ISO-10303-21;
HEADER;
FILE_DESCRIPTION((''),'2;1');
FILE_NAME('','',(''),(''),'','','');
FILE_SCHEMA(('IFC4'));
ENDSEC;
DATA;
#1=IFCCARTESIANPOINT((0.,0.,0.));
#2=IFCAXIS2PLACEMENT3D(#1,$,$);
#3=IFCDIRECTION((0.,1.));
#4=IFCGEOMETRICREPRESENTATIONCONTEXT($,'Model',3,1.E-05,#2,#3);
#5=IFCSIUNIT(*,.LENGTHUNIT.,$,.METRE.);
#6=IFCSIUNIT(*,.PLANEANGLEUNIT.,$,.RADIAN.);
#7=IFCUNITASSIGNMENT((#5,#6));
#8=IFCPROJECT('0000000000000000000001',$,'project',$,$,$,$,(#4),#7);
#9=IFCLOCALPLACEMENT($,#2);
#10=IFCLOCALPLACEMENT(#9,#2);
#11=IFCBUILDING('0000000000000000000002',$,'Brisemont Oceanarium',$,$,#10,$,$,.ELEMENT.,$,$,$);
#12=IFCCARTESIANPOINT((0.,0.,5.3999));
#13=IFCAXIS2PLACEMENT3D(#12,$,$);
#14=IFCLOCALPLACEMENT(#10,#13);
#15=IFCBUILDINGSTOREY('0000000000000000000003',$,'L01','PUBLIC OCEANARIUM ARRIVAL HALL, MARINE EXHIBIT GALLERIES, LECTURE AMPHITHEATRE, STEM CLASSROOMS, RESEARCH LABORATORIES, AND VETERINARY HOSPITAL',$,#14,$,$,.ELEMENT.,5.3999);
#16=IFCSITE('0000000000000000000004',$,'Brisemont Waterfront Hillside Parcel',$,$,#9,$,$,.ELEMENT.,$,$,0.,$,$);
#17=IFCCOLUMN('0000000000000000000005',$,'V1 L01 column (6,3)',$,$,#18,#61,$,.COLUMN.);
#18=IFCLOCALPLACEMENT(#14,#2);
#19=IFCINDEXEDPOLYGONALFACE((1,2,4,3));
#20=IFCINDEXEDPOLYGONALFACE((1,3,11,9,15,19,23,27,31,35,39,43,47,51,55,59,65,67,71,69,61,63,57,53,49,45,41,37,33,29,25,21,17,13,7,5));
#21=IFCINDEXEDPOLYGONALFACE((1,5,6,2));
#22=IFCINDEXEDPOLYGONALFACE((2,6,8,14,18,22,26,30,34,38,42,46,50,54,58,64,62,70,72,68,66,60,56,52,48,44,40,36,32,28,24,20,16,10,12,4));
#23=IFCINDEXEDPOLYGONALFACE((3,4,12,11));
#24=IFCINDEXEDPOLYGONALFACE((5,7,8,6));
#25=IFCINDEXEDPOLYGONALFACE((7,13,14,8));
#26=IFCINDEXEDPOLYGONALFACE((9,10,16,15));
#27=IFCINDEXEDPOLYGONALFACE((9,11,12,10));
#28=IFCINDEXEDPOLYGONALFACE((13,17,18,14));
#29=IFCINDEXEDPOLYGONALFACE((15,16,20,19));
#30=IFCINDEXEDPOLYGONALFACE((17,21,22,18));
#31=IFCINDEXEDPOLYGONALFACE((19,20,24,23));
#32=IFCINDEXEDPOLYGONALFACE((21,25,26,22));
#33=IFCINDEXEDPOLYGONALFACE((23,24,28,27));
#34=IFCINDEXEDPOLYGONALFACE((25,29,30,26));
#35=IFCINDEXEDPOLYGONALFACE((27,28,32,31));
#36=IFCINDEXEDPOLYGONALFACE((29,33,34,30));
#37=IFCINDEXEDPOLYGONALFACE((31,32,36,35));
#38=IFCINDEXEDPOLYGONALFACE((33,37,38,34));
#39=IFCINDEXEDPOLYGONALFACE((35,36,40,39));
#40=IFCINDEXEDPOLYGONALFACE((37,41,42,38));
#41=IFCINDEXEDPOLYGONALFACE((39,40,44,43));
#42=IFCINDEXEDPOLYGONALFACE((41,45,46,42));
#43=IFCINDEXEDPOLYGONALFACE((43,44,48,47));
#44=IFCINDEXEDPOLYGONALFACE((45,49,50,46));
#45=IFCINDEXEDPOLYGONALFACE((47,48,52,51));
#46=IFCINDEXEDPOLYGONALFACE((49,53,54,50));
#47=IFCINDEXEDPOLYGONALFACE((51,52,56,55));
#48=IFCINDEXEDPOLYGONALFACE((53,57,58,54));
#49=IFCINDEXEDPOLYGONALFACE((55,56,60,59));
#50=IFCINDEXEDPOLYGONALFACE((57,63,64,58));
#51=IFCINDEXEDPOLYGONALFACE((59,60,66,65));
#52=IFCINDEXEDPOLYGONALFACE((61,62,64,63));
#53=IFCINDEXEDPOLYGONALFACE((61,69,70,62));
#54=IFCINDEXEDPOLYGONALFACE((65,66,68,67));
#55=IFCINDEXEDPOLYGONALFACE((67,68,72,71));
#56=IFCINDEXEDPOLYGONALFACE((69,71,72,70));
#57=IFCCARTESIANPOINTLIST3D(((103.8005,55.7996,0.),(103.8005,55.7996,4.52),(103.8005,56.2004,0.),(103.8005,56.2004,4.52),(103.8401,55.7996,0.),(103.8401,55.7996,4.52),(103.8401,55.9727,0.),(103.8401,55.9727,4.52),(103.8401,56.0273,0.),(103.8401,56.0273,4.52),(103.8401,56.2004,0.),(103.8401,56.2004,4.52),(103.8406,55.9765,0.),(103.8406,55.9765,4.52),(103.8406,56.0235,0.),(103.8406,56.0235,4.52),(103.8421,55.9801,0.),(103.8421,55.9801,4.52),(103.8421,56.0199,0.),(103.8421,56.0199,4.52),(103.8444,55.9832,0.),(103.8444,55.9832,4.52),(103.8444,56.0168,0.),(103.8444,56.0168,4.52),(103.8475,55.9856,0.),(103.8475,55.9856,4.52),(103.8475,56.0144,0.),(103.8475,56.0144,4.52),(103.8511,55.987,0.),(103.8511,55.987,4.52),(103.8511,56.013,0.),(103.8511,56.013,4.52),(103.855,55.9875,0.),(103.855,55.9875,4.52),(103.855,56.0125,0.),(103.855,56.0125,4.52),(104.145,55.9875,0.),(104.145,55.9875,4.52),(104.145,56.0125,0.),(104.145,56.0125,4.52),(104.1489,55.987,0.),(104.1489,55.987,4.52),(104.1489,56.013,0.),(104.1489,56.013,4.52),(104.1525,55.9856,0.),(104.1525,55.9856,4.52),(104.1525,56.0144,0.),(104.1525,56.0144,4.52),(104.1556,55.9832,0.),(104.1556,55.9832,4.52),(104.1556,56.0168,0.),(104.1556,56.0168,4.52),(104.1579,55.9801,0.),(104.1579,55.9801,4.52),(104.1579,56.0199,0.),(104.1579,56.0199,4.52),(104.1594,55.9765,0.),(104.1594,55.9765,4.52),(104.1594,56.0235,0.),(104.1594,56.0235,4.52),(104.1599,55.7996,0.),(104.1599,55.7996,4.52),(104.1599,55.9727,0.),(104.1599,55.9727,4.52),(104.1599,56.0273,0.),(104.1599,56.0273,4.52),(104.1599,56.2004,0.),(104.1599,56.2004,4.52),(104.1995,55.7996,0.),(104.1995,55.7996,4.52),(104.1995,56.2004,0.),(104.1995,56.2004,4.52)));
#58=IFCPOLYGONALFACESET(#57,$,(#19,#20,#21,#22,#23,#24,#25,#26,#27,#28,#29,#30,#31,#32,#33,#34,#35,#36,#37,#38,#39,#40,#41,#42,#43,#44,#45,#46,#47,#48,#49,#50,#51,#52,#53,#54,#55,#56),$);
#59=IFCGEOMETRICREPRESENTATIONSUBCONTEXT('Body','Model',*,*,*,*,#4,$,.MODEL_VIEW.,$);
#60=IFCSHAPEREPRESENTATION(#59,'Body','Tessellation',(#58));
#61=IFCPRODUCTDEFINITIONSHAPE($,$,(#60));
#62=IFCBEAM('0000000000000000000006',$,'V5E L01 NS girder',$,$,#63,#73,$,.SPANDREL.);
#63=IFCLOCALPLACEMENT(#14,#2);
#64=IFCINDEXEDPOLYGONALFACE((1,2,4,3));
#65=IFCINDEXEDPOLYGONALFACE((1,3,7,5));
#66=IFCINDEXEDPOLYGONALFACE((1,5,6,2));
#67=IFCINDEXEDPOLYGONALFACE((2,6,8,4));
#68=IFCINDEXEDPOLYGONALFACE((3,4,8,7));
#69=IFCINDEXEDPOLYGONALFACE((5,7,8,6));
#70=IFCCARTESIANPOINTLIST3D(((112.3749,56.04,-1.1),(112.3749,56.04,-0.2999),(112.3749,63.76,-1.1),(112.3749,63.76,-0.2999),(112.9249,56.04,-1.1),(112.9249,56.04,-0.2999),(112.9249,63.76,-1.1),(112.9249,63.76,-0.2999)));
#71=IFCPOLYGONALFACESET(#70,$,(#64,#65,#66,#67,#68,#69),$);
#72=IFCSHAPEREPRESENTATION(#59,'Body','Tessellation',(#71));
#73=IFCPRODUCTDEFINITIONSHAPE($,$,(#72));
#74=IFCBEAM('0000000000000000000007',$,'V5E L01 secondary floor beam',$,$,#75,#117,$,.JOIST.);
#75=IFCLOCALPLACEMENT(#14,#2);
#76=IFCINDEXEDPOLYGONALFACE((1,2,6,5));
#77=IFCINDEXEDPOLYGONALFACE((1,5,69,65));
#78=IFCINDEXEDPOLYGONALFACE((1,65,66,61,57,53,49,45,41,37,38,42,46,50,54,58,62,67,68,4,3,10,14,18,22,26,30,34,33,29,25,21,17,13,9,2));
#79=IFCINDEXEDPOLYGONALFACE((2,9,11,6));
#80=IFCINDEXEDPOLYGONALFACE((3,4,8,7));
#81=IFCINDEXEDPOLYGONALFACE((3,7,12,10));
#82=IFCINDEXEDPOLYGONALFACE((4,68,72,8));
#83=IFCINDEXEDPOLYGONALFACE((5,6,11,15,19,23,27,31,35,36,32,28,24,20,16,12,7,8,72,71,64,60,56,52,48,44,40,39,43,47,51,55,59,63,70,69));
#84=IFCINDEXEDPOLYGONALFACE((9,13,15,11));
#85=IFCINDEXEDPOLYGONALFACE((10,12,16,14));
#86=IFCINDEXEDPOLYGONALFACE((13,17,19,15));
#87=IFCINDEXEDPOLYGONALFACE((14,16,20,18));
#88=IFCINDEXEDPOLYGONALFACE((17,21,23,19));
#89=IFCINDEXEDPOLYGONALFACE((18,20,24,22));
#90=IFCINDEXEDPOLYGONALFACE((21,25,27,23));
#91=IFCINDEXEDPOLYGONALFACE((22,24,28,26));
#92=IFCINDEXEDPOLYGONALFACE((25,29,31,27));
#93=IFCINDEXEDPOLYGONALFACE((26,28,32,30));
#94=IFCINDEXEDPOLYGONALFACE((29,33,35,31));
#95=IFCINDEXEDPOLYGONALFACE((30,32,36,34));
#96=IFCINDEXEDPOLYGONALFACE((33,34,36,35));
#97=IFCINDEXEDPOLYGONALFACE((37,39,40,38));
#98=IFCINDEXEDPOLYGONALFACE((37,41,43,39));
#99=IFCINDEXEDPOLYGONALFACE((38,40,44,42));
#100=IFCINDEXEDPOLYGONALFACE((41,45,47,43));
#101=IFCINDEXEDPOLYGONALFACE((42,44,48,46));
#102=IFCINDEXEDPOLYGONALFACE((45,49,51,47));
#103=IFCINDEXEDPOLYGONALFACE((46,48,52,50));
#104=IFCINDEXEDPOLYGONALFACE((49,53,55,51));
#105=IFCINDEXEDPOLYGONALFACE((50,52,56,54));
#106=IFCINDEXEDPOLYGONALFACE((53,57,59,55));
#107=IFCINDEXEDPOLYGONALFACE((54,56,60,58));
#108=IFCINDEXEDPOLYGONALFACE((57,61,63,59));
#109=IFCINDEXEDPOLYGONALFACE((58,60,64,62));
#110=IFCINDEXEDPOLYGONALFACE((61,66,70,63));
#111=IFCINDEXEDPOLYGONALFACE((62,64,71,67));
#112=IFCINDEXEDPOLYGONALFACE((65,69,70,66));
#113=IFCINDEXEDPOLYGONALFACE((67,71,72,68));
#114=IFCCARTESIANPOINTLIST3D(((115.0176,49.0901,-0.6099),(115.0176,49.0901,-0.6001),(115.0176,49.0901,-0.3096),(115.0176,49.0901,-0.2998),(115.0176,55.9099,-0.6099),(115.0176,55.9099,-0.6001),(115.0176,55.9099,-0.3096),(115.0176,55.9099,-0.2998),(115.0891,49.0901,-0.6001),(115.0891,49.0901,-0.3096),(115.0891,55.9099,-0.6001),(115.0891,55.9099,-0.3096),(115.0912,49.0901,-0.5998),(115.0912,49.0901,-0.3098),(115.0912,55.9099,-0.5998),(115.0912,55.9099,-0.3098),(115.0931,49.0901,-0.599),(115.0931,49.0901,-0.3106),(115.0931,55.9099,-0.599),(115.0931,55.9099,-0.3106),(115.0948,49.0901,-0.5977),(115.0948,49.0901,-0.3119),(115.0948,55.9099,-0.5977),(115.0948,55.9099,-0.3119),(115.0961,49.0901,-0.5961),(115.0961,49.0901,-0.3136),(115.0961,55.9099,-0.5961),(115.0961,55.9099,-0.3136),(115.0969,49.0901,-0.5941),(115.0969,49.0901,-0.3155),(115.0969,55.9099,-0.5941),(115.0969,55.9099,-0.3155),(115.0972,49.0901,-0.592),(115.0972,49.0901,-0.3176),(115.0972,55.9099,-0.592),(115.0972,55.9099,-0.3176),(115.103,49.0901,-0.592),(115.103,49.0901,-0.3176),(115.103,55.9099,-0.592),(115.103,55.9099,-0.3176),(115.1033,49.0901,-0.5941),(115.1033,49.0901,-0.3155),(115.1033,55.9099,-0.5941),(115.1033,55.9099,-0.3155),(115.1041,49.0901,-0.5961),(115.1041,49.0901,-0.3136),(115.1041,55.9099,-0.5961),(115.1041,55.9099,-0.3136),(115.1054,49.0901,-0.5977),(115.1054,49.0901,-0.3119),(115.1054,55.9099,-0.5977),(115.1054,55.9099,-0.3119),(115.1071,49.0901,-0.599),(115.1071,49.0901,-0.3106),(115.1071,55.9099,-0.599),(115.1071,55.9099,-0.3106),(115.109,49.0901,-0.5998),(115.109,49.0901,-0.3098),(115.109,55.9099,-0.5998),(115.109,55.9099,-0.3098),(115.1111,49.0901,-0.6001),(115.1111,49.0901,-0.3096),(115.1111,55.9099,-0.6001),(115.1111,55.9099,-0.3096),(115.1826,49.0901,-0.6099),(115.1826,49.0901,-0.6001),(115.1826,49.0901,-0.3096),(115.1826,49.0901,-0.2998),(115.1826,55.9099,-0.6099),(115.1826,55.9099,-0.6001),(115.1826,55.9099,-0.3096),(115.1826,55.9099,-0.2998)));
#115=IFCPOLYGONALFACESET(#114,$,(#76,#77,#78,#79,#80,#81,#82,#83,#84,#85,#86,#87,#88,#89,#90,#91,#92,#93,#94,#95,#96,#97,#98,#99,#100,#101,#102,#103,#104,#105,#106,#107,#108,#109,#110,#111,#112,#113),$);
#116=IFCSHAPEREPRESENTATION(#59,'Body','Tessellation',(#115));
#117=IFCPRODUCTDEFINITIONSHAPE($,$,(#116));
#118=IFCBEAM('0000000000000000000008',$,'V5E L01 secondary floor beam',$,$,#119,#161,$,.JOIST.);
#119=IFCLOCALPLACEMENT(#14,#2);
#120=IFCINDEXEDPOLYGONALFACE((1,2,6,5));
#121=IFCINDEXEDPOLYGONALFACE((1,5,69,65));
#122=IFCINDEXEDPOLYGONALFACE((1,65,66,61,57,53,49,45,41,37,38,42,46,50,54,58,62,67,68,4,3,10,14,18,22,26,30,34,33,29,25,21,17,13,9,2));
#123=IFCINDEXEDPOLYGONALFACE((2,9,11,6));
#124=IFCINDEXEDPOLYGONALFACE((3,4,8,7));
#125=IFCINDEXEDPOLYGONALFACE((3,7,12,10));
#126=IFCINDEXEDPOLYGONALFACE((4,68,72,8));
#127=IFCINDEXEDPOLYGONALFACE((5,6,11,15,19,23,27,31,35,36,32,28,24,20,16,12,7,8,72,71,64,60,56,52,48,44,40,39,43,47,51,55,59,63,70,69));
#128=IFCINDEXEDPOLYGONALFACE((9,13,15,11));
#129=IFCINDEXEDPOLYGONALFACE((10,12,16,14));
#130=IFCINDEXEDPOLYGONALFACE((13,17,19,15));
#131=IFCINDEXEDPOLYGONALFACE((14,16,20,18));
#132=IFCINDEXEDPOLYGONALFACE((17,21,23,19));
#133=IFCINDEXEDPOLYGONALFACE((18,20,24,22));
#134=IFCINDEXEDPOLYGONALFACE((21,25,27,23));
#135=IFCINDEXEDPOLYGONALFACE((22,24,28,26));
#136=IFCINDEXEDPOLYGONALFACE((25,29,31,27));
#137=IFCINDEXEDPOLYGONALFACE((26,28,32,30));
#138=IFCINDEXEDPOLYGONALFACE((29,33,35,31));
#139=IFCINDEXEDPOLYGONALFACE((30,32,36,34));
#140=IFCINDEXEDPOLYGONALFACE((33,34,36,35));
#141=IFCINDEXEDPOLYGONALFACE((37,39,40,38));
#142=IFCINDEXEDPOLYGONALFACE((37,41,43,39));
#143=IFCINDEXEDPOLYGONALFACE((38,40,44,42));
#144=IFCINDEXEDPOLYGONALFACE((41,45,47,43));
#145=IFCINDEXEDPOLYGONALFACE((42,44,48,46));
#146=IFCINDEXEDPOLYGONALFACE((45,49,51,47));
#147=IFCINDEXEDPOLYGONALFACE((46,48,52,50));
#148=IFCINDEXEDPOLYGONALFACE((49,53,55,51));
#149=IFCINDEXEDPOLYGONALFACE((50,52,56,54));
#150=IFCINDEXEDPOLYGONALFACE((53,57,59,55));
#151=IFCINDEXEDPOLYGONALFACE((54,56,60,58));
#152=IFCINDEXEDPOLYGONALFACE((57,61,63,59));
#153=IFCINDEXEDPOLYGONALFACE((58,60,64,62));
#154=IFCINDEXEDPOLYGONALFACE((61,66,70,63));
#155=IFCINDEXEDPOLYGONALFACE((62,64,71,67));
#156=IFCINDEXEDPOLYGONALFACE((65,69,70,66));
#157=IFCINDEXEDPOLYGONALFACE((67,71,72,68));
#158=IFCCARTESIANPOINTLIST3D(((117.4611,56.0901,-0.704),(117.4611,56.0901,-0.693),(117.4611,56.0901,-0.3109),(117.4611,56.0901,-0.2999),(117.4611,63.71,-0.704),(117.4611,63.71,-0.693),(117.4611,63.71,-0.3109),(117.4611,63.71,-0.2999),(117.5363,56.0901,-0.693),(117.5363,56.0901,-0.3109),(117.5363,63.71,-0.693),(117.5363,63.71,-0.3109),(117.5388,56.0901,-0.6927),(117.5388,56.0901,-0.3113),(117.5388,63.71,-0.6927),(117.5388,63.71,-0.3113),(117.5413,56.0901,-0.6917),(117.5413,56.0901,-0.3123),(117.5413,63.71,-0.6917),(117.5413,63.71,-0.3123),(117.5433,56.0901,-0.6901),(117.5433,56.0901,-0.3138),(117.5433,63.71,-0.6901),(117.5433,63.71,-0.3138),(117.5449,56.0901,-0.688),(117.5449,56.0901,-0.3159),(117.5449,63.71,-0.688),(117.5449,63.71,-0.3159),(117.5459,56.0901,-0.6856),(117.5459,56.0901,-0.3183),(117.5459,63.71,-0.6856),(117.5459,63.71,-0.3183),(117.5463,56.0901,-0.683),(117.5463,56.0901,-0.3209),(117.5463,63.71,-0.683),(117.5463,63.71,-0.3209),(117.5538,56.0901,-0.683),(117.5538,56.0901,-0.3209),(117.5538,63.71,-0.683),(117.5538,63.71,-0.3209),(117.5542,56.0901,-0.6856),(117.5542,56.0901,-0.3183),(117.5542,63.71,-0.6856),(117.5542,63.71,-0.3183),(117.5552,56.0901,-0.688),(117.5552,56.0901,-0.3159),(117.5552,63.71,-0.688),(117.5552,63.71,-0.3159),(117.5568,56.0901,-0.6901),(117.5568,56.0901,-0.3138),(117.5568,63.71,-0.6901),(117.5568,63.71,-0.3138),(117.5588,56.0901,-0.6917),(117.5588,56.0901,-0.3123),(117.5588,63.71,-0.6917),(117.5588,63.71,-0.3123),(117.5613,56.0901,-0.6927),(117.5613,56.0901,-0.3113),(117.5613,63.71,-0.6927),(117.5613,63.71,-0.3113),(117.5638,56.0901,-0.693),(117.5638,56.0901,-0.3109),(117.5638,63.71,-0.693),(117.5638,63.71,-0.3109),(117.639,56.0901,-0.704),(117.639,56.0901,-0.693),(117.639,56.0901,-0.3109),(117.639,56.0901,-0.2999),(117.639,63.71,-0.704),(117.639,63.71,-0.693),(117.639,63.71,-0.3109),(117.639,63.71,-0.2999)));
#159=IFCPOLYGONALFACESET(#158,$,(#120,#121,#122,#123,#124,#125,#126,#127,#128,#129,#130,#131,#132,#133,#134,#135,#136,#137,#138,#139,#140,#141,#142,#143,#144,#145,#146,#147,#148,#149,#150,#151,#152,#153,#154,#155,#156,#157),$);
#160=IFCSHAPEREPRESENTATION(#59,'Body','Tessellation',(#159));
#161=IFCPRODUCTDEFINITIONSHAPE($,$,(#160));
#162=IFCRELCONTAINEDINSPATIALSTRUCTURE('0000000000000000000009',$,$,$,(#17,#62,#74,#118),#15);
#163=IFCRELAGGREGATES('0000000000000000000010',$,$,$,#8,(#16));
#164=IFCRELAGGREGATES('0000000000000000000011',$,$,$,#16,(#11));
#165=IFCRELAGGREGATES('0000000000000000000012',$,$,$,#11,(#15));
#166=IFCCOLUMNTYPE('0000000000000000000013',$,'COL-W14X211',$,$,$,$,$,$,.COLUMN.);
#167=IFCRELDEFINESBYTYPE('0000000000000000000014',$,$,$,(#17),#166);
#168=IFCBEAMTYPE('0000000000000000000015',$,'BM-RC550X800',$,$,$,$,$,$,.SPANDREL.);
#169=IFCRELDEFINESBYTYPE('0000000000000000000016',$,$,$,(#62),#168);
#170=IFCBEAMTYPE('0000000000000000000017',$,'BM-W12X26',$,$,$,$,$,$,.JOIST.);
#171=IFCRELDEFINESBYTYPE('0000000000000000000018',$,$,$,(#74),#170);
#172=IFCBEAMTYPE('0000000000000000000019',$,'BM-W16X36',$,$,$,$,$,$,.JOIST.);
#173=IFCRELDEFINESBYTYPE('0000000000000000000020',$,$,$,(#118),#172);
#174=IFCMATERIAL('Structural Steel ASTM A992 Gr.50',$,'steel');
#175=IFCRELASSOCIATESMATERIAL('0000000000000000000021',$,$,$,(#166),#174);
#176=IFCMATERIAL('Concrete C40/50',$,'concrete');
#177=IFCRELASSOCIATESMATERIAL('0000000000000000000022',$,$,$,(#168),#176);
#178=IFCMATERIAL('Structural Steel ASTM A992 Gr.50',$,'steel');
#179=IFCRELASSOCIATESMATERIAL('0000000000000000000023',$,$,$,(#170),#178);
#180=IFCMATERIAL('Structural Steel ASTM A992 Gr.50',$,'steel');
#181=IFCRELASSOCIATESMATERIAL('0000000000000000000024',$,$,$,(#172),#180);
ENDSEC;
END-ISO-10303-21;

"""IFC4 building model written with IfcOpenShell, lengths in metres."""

from ifc_helpers import new_model, si_unit, direction, frame, origin, origin_2d, place, context, subcontext, project, spatial, rectangle, i_section, extrude, material, material_profile, profile_set, type_object, element, save


model = new_model("IFC4")

# Units and contexts
model_context = context("Model", 3, precision=1e-05, world=origin(), true_north=direction((0.0, 1.0)))
body_context = subcontext(model_context, "Body", "Model", "MODEL_VIEW")
ifc_project = project(units=[si_unit("LENGTHUNIT", "METRE"), si_unit("PLANEANGLEUNIT", "RADIAN")], contexts=[model_context])

# Site, building, storey
site_placement = place(None, origin())
site = spatial("IfcSite", under=ifc_project, at=site_placement, Name="Brisemont Waterfront Hillside Parcel", CompositionType="ELEMENT", RefElevation=0.0)
building_placement = place(site_placement, origin())
building = spatial("IfcBuilding", under=site, at=building_placement, Name="Brisemont Oceanarium", CompositionType="ELEMENT")
storey_placement = place(building_placement, frame((0.0, 0.0, 5.3999)))
storey = spatial("IfcBuildingStorey", under=building, at=storey_placement, Name="L01", Description="PUBLIC OCEANARIUM ARRIVAL HALL, MARINE EXHIBIT GALLERIES, LECTURE AMPHITHEATRE, STEM CLASSROOMS, RESEARCH LABORATORIES, AND VETERINARY HOSPITAL", CompositionType="ELEMENT", Elevation=5.3999)

# Column
ifc_material_1 = material(Name="Structural Steel ASTM A992 Gr.50", Category="steel")
ifc_material_profile_1 = material_profile(ifc_material_1, i_section(OverallWidth=0.4009, OverallDepth=0.3989, WebThickness=0.0249, FlangeThickness=0.0396, FilletRadius=0.0149, at=origin_2d()), Name="W14X211")
ifc_profile_set_1 = profile_set([ifc_material_profile_1], Name="Structural Steel ASTM A992 Gr.50")
column_type_1 = type_object("IfcColumnType", Name="COL-W14X211", PredefinedType="COLUMN", material=ifc_profile_set_1)
column_1_placement = place(storey_placement, frame((104.0, 56.0, 0.0), z_axis=(0.0, 0.0, 1.0), x_axis=(0.0, 1.0, 0.0)))
element("IfcColumn", 1, at=column_1_placement, inside=storey, type_object=column_type_1, Name="V1 L01 column (6,3)", PredefinedType="COLUMN", context=body_context, shape_type="SweptSolid", body=[
    extrude(i_section(OverallWidth=0.4009, OverallDepth=0.3989, WebThickness=0.0249, FlangeThickness=0.0396, FilletRadius=0.0149, at=origin_2d()), origin(), (0.0, 0.0, 1.0), 4.52),
])

# Beams
ifc_material_2 = material(Name="Concrete C40/50", Category="concrete")
ifc_material_profile_2 = material_profile(ifc_material_2, rectangle(XDim=0.55, YDim=0.8, at=origin_2d()), Name="RC-BM-550X800")
ifc_profile_set_2 = profile_set([ifc_material_profile_2], Name="Concrete C40/50")
beam_type_1 = type_object("IfcBeamType", Name="BM-RC550X800", PredefinedType="SPANDREL", material=ifc_profile_set_2)
beam_1_placement = place(storey_placement, frame((112.6499, 56.04, -0.7), z_axis=(0.0, 1.0, 0.0), x_axis=(-1.0, 0.0, 0.0)))
element("IfcBeam", 2, at=beam_1_placement, inside=storey, type_object=beam_type_1, Name="V5E L01 NS girder", PredefinedType="SPANDREL", context=body_context, shape_type="SweptSolid", body=[
    extrude(rectangle(XDim=0.55, YDim=0.8, at=origin_2d()), origin(), (0.0, 0.0, 1.0), 7.72),
])
ifc_material_3 = material(Name="Structural Steel ASTM A992 Gr.50", Category="steel")
ifc_material_profile_3 = material_profile(ifc_material_3, i_section(OverallWidth=0.165, OverallDepth=0.3101, WebThickness=0.0059, FlangeThickness=0.0098, FilletRadius=0.0081, at=origin_2d()), Name="W12X26")
ifc_profile_set_3 = profile_set([ifc_material_profile_3], Name="Structural Steel ASTM A992 Gr.50")
beam_type_2 = type_object("IfcBeamType", Name="BM-W12X26", PredefinedType="JOIST", material=ifc_profile_set_3)
beam_2_placement = place(storey_placement, frame((115.1001, 49.0901, -0.4548), z_axis=(0.0, 1.0, 0.0), x_axis=(-1.0, 0.0, 0.0)))
element("IfcBeam", 3, at=beam_2_placement, inside=storey, type_object=beam_type_2, Name="V5E L01 secondary floor beam", PredefinedType="JOIST", context=body_context, shape_type="SweptSolid", body=[
    extrude(i_section(OverallWidth=0.165, OverallDepth=0.3101, WebThickness=0.0059, FlangeThickness=0.0098, FilletRadius=0.0081, at=origin_2d()), origin(), (0.0, 0.0, 1.0), 6.8198),
])
ifc_material_4 = material(Name="Structural Steel ASTM A992 Gr.50", Category="steel")
ifc_material_profile_4 = material_profile(ifc_material_4, i_section(OverallWidth=0.178, OverallDepth=0.4041, WebThickness=0.0076, FlangeThickness=0.011, FilletRadius=0.01, at=origin_2d()), Name="W16X36")
ifc_profile_set_4 = profile_set([ifc_material_profile_4], Name="Structural Steel ASTM A992 Gr.50")
beam_type_3 = type_object("IfcBeamType", Name="BM-W16X36", PredefinedType="JOIST", material=ifc_profile_set_4)
beam_3_placement = place(storey_placement, frame((117.55, 56.0901, -0.502), z_axis=(0.0, 1.0, 0.0), x_axis=(-1.0, 0.0, 0.0)))
element("IfcBeam", 4, at=beam_3_placement, inside=storey, type_object=beam_type_3, Name="V5E L01 secondary floor beam", PredefinedType="JOIST", context=body_context, shape_type="SweptSolid", body=[
    extrude(i_section(OverallWidth=0.178, OverallDepth=0.4041, WebThickness=0.0076, FlangeThickness=0.011, FilletRadius=0.01, at=origin_2d()), origin(), (0.0, 0.0, 1.0), 7.6199),
])

save(model, "model.ifc")
